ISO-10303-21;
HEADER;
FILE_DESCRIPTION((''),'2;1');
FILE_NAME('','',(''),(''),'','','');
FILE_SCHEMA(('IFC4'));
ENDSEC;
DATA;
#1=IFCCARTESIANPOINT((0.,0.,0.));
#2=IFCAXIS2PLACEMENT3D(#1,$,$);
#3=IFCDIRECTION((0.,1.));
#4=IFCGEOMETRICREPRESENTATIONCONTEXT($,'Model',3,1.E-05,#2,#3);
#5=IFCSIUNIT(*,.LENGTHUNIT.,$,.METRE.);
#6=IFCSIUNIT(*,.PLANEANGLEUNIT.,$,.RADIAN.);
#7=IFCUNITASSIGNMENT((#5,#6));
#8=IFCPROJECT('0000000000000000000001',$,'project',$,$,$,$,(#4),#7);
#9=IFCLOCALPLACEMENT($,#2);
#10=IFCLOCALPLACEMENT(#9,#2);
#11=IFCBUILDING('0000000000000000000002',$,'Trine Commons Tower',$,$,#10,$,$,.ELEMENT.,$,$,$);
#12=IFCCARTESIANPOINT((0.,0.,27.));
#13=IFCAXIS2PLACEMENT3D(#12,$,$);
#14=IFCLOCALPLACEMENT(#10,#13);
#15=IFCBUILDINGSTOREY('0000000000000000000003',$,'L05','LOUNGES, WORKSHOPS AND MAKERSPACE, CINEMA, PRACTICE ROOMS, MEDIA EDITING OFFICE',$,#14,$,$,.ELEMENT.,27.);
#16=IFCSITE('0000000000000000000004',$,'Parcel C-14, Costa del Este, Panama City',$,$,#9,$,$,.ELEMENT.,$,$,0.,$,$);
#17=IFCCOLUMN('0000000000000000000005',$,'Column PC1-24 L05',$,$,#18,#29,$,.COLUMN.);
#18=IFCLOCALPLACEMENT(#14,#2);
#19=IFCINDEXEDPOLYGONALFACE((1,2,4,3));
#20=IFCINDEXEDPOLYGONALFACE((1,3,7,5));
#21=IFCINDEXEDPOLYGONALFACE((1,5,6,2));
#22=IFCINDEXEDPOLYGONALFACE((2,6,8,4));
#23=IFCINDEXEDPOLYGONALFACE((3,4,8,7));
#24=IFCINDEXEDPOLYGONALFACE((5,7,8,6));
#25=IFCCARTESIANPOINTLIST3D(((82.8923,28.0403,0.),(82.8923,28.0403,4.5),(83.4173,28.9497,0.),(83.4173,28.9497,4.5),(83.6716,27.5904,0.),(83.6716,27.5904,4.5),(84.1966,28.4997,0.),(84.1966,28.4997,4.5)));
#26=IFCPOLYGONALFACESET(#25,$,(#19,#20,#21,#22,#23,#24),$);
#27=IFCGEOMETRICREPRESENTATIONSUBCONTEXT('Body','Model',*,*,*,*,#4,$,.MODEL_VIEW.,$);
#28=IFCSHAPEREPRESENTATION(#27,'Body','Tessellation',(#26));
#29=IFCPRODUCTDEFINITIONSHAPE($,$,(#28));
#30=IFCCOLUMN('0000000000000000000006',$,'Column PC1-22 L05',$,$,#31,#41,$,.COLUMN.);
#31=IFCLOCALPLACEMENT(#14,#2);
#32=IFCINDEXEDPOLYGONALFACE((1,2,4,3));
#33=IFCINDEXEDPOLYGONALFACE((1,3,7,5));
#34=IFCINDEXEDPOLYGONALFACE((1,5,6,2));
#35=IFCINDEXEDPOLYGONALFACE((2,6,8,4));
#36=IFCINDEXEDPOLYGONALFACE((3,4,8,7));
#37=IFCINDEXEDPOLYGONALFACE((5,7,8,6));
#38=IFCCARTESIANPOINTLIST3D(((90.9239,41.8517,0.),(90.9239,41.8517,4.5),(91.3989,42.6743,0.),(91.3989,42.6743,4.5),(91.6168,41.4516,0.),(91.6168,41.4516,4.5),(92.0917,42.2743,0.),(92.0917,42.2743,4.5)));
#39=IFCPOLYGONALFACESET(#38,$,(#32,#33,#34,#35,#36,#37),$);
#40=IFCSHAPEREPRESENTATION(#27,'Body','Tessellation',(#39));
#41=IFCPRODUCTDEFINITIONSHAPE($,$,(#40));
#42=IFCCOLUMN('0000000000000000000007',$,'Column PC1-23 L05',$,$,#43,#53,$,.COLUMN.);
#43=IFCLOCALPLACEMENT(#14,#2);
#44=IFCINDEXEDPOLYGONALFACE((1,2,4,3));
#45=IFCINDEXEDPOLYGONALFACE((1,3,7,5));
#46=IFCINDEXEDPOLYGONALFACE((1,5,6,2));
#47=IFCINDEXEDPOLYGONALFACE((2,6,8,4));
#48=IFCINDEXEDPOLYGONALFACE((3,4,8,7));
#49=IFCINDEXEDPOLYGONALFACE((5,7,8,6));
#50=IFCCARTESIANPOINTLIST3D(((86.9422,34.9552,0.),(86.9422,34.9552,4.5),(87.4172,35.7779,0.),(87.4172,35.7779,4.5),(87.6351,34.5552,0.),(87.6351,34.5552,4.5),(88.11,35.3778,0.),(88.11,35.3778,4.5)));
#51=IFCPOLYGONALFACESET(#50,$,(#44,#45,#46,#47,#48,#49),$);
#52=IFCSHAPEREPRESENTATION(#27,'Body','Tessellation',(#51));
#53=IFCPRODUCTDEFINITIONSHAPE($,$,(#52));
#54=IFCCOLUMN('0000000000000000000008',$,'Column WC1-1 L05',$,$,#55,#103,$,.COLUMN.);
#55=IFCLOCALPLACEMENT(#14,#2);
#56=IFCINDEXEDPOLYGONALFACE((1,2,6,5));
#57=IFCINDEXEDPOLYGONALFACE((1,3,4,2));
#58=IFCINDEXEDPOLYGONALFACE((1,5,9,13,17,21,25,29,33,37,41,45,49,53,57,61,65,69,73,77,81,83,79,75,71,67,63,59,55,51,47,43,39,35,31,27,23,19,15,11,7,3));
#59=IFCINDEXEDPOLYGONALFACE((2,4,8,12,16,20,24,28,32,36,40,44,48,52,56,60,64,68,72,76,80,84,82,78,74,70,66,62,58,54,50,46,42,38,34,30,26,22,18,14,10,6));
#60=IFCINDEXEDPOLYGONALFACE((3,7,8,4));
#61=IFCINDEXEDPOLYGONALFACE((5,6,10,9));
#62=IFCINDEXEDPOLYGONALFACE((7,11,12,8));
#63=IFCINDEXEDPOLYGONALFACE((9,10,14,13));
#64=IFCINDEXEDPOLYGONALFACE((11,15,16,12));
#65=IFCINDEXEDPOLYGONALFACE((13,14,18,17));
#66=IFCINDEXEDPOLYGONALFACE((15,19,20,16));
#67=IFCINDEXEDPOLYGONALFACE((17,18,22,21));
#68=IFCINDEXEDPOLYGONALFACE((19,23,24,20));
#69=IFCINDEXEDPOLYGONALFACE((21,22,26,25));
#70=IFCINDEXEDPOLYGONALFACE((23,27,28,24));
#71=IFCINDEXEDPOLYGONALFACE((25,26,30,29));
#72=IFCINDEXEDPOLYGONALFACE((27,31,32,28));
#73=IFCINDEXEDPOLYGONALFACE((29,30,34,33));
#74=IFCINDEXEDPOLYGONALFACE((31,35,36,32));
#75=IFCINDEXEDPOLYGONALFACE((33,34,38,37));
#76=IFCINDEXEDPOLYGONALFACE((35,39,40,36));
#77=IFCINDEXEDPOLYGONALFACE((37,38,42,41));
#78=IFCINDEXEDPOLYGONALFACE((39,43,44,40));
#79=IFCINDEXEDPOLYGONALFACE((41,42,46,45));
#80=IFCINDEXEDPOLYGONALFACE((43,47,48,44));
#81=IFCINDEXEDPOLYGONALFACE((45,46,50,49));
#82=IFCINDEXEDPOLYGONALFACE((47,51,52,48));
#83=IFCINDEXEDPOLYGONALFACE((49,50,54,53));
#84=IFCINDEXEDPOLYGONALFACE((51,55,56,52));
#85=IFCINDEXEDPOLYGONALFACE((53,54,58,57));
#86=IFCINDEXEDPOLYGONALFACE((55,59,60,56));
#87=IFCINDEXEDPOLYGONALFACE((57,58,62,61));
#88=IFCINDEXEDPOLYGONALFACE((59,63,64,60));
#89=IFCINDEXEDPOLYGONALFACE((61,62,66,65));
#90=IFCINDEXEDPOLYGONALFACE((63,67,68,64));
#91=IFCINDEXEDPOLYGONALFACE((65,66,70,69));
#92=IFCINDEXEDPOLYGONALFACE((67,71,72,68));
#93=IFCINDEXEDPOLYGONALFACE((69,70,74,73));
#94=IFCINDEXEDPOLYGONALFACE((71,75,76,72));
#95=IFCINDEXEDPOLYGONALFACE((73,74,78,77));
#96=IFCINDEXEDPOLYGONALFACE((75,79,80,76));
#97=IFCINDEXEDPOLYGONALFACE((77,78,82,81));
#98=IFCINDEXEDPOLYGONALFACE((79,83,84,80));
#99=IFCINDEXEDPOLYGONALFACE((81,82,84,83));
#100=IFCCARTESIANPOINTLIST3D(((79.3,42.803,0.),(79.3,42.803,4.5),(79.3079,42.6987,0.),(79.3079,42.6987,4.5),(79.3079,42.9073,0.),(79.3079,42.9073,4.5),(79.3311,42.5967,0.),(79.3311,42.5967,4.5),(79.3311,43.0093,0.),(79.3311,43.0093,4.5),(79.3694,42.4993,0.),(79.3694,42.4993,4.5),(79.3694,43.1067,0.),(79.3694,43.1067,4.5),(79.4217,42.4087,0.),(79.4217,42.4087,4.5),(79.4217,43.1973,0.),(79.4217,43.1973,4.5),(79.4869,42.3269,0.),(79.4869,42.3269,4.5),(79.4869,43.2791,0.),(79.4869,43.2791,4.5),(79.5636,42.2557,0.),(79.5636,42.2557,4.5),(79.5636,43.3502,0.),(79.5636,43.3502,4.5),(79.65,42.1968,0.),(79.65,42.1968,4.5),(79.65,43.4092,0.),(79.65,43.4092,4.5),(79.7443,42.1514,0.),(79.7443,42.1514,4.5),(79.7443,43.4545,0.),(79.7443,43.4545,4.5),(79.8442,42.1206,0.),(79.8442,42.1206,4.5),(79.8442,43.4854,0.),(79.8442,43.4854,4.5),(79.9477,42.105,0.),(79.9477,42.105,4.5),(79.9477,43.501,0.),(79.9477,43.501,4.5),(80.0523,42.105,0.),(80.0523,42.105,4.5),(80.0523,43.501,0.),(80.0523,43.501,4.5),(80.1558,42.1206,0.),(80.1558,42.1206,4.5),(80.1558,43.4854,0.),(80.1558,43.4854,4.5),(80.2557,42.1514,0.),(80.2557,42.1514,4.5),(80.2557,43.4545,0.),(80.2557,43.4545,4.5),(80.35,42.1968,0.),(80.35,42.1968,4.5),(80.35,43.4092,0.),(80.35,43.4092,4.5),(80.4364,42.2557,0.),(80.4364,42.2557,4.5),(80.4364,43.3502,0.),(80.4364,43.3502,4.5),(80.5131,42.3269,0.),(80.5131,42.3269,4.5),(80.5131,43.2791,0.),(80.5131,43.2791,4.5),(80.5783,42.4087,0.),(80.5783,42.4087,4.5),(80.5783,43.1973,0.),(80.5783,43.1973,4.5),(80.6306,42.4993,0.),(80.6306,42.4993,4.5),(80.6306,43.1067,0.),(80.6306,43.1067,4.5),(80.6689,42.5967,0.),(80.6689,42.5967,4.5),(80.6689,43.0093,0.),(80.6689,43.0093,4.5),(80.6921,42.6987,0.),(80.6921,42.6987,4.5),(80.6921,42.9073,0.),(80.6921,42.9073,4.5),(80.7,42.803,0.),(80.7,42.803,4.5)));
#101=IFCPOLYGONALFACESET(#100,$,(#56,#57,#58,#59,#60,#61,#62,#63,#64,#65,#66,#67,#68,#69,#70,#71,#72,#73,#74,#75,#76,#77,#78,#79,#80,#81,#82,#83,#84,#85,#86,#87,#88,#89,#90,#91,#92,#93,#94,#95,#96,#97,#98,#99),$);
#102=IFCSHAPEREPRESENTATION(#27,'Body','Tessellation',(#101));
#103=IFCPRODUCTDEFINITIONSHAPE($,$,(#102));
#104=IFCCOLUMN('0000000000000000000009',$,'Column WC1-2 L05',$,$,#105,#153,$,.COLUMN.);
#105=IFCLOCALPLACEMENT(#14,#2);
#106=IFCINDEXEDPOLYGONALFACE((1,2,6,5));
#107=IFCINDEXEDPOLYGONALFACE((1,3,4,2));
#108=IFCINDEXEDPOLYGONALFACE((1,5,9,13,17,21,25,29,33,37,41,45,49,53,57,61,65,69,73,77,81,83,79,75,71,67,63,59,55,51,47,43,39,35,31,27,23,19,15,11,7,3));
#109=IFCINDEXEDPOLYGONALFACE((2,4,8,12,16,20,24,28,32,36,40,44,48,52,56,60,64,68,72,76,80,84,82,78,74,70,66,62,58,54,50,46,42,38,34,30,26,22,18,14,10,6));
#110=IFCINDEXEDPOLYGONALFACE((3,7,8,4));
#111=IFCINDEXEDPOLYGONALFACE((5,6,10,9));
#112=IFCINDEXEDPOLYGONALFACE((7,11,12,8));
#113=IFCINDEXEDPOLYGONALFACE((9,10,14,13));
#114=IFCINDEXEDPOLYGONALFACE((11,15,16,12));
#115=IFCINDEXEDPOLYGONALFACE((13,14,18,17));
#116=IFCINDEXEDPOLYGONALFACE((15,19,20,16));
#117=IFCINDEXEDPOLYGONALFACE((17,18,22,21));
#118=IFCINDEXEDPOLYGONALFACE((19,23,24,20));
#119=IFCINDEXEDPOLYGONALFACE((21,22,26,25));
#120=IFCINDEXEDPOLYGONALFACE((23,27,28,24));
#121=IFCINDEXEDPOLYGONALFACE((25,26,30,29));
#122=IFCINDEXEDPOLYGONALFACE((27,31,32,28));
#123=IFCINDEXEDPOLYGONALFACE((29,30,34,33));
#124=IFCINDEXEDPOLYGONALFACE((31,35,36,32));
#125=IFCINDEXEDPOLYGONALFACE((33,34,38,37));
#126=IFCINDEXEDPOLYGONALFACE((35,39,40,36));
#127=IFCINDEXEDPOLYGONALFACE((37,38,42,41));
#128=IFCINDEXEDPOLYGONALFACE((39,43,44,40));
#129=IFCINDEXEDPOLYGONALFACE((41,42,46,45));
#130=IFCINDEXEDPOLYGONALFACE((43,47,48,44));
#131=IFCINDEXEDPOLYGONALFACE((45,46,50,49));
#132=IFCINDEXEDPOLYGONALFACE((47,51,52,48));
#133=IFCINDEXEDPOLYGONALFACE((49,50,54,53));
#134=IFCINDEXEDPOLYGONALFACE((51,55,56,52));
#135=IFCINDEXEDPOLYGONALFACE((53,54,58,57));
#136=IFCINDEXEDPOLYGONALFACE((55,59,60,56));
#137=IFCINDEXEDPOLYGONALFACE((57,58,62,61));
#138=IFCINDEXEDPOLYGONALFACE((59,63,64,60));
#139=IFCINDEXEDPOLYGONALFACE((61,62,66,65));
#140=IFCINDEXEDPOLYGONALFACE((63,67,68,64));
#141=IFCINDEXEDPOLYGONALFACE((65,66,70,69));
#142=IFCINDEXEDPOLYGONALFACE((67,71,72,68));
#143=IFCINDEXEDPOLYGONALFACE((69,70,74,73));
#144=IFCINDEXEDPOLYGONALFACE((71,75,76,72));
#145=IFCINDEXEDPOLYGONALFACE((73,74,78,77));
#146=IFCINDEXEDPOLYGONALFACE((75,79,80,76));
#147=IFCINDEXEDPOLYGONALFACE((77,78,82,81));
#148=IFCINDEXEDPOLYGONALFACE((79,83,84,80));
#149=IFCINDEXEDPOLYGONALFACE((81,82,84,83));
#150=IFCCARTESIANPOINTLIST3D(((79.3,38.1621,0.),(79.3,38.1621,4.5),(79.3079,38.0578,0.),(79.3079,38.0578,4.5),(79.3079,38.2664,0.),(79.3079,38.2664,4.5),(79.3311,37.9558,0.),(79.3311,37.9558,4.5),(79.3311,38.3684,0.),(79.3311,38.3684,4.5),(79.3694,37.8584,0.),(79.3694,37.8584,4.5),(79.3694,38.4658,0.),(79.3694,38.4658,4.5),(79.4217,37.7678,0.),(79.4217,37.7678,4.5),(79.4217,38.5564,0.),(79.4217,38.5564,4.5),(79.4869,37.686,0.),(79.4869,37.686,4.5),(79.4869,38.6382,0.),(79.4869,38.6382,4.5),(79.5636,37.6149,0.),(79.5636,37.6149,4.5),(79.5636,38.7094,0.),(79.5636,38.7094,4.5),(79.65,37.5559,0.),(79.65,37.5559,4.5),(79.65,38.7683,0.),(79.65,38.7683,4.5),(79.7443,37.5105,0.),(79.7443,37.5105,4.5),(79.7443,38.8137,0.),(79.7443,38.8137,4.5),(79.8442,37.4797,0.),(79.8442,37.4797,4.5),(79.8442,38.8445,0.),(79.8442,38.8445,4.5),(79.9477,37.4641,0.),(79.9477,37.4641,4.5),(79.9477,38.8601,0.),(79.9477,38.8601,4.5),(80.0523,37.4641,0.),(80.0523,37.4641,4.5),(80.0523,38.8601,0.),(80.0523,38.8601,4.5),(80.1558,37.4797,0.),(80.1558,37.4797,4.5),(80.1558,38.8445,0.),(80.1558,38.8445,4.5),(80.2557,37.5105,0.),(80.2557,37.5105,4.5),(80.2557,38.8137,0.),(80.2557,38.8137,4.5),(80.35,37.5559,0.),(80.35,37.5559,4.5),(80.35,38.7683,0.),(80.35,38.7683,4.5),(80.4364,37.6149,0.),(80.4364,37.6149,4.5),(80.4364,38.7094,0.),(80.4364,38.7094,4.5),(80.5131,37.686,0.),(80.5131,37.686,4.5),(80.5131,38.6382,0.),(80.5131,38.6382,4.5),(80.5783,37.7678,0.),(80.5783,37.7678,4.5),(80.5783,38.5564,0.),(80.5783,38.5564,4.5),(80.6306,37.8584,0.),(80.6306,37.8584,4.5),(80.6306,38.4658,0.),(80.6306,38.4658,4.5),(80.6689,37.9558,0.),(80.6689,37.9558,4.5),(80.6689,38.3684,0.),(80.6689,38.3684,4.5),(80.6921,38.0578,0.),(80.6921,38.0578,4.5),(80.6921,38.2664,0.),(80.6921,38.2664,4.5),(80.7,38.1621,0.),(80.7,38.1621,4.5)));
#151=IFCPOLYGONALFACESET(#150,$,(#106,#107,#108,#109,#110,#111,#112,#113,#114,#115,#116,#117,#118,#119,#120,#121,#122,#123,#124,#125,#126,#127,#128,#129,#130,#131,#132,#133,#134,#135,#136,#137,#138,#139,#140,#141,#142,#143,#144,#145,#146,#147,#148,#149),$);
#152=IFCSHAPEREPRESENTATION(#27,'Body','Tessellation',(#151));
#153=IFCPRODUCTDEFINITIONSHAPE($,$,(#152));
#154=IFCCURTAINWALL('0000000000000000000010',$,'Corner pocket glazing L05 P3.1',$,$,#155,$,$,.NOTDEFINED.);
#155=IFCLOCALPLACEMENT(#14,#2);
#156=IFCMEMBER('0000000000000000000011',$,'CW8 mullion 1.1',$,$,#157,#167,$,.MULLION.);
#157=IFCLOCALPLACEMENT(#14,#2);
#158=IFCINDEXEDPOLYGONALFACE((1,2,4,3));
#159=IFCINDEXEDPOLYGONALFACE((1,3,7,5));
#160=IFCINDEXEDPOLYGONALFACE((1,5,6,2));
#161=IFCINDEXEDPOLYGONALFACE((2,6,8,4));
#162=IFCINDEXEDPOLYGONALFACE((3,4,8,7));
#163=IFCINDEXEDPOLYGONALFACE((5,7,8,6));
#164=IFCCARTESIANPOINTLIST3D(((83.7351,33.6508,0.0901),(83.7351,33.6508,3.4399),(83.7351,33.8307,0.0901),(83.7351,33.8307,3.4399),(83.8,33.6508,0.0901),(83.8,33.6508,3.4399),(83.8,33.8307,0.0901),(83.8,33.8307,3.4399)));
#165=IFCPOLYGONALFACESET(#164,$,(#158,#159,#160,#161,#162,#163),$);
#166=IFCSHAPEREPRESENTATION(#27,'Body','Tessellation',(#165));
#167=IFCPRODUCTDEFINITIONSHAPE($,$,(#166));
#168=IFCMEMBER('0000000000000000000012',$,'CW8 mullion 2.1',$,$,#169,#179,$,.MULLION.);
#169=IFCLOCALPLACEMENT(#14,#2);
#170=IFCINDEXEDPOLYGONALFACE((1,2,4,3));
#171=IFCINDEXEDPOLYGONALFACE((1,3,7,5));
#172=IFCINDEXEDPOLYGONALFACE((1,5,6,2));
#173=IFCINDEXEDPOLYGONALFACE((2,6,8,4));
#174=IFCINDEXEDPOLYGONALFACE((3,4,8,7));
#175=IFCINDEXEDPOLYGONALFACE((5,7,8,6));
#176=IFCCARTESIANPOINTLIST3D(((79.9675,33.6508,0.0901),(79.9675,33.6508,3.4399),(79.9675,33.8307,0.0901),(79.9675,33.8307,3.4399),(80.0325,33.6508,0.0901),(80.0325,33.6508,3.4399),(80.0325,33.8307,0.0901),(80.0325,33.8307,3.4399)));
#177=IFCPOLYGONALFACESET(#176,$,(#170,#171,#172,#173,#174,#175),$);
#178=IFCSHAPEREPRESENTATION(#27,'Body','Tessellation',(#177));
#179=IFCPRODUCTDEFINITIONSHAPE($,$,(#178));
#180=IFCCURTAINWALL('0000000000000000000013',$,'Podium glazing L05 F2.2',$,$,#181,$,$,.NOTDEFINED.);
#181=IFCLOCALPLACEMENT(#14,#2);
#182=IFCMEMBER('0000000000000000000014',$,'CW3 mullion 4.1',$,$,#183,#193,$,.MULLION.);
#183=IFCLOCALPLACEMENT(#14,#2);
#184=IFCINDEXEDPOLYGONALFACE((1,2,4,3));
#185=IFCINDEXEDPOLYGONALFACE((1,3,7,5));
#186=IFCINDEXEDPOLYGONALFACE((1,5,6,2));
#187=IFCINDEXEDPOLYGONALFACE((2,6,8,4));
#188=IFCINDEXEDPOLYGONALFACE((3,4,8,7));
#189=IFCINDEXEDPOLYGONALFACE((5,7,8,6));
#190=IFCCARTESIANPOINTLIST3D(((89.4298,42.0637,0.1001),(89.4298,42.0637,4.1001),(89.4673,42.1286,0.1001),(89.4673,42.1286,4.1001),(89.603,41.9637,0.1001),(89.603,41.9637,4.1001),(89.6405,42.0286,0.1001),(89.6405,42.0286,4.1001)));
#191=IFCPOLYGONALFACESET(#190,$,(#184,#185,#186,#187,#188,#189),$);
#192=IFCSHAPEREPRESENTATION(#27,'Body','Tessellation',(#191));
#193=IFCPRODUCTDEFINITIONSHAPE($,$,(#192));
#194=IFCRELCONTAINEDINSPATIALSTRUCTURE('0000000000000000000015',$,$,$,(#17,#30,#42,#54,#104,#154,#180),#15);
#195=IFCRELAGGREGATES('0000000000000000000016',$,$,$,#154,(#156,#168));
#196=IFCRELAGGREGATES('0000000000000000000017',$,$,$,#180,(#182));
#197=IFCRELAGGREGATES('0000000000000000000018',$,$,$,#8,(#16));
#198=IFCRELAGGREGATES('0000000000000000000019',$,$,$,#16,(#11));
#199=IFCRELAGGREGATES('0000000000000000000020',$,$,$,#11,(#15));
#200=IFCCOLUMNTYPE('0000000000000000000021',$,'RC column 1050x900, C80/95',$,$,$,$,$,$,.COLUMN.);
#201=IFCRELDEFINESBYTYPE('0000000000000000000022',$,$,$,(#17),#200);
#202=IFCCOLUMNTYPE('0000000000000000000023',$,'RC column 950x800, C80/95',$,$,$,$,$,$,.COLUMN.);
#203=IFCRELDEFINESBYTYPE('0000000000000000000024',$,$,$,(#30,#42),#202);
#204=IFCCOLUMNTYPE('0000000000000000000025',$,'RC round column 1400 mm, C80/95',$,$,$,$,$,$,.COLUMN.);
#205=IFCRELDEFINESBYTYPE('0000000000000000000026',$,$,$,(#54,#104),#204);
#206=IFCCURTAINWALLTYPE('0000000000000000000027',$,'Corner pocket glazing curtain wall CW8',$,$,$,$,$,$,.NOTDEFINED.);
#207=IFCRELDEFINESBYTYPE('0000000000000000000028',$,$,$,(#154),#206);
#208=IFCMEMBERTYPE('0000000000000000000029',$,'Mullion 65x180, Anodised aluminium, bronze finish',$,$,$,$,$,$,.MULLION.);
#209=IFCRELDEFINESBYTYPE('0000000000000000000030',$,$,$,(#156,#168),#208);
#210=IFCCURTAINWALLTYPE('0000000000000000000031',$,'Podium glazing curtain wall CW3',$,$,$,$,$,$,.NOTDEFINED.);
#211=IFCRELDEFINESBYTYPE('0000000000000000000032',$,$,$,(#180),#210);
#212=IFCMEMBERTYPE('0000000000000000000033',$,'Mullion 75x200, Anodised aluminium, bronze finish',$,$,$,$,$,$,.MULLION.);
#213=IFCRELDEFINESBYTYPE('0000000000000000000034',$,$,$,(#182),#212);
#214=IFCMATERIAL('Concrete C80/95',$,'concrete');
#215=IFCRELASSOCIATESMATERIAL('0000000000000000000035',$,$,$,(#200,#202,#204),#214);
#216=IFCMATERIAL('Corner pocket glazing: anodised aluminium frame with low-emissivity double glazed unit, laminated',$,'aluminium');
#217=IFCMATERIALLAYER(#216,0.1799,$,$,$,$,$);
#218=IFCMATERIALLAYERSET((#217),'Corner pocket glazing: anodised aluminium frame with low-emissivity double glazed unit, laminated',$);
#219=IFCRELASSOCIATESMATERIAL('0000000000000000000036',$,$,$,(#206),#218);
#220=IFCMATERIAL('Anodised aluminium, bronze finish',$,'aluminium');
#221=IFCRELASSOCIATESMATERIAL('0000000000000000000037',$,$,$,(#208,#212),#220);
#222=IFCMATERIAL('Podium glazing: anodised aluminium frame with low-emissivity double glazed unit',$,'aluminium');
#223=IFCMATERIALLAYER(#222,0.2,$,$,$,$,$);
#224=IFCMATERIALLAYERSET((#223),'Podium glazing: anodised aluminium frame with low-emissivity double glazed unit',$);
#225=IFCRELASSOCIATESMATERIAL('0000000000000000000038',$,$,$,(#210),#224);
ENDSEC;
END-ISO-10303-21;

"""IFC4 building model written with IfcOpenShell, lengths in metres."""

from ifc_helpers import new_model, si_unit, direction, frame, origin, origin_2d, place, context, subcontext, project, spatial, rectangle, circle, extrude, material, layer, layer_set, material_profile, profile_set, type_object, element, aggregate, save


model = new_model("IFC4")

# Units and contexts
model_context = context("Model", 3, precision=1e-05, world=origin(), true_north=direction((0.0, 1.0)))
body_context = subcontext(model_context, "Body", "Model", "MODEL_VIEW")
ifc_project = project(units=[si_unit("LENGTHUNIT", "METRE"), si_unit("PLANEANGLEUNIT", "RADIAN")], contexts=[model_context])

# Site, building, storey
site_placement = place(None, origin())
site = spatial("IfcSite", under=ifc_project, at=site_placement, Name="Parcel C-14, Costa del Este, Panama City", CompositionType="ELEMENT", RefElevation=0.0)
building_placement = place(site_placement, origin())
building = spatial("IfcBuilding", under=site, at=building_placement, Name="Trine Commons Tower", CompositionType="ELEMENT")
storey_placement = place(building_placement, frame((0.0, 0.0, 27.0)))
storey = spatial("IfcBuildingStorey", under=building, at=storey_placement, Name="L05", Description="LOUNGES, WORKSHOPS AND MAKERSPACE, CINEMA, PRACTICE ROOMS, MEDIA EDITING OFFICE", CompositionType="ELEMENT", Elevation=27.0)

# Columns
ifc_material_1 = material(Name="Concrete C80/95", Category="concrete")
ifc_material_profile_1 = material_profile(ifc_material_1, rectangle(XDim=1.05, YDim=0.8999, at=origin_2d()), Name="RC 1050x900")
ifc_profile_set_1 = profile_set([ifc_material_profile_1], Name="Concrete C80/95")
column_type_1 = type_object("IfcColumnType", Name="RC column 1050x900, C80/95", PredefinedType="COLUMN", material=ifc_profile_set_1)
column_placement = place(storey_placement, frame((83.5444, 28.27, 0.0), z_axis=(0.0, 0.0, 1.0), x_axis=(0.5, 0.866025, 0.0)))
element("IfcColumn", 1, at=column_placement, inside=storey, type_object=column_type_1, Name="Column PC1-24 L05", PredefinedType="COLUMN", context=body_context, shape_type="SweptSolid", body=[
    extrude(rectangle(XDim=1.05, YDim=0.8999, at=origin_2d()), origin(), (0.0, 0.0, 1.0), 4.5),
])
ifc_material_profile_2 = material_profile(ifc_material_1, rectangle(XDim=0.95, YDim=0.8, at=origin_2d()), Name="RC 950x800")
ifc_profile_set_2 = profile_set([ifc_material_profile_2], Name="Concrete C80/95")
column_type_2 = type_object("IfcColumnType", Name="RC column 950x800, C80/95", PredefinedType="COLUMN", material=ifc_profile_set_2)
for number, where, z_axis, x_axis, name in (
    (2, (91.5078, 42.063, 0.0), (0.0, 0.0, 1.0), (0.5, 0.866025, 0.0), "Column PC1-22 L05"),
    (3, (87.5261, 35.1665, 0.0), (0.0, 0.0, 1.0), (0.5, 0.866025, 0.0), "Column PC1-23 L05"),
):
    element("IfcColumn", number, at=place(storey_placement, frame(where, z_axis=z_axis, x_axis=x_axis)), inside=storey, type_object=column_type_2, Name=name, PredefinedType="COLUMN", context=body_context, shape_type="SweptSolid", body=[
        extrude(rectangle(XDim=0.95, YDim=0.8, at=origin_2d()), origin(), (0.0, 0.0, 1.0), 4.5),
    ])
ifc_material_profile_3 = material_profile(ifc_material_1, circle(Radius=0.7, at=origin_2d()), Name="RC round 1400")
ifc_profile_set_3 = profile_set([ifc_material_profile_3], Name="Concrete C80/95")
column_type_3 = type_object("IfcColumnType", Name="RC round column 1400 mm, C80/95", PredefinedType="COLUMN", material=ifc_profile_set_3)
for number, where, z_axis, x_axis, name in (
    (4, (80.0, 42.803, 0.0), (0.0, 0.0, 1.0), (1.0, 0.0, 0.0), "Column WC1-1 L05"),
    (5, (80.0, 38.1621, 0.0), (0.0, 0.0, 1.0), (1.0, 0.0, 0.0), "Column WC1-2 L05"),
):
    element("IfcColumn", number, at=place(storey_placement, frame(where, z_axis=z_axis, x_axis=x_axis)), inside=storey, type_object=column_type_3, Name=name, PredefinedType="COLUMN", context=body_context, shape_type="SweptSolid", body=[
        extrude(circle(Radius=0.7, at=origin_2d()), origin(), (0.0, 0.0, 1.0), 4.5),
    ])

# Curtain walls, members
ifc_material_2 = material(Name="Corner pocket glazing: anodised aluminium frame with low-emissivity double glazed unit, laminated", Category="aluminium")
ifc_layer_1 = layer(ifc_material_2, 0.1799)
ifc_layer_set_1 = layer_set([ifc_layer_1], Name="Corner pocket glazing: anodised aluminium frame with low-emissivity double glazed unit, laminated")
curtain_wall_type_1 = type_object("IfcCurtainWallType", Name="Corner pocket glazing curtain wall CW8", PredefinedType="NOTDEFINED", material=ifc_layer_set_1)
curtain_wall_1_placement = place(storey_placement, origin())
curtain_wall_1 = element("IfcCurtainWall", 6, at=curtain_wall_1_placement, inside=storey, type_object=curtain_wall_type_1, Name="Corner pocket glazing L05 P3.1", PredefinedType="NOTDEFINED")
ifc_material_3 = material(Name="Anodised aluminium, bronze finish", Category="aluminium")
ifc_material_profile_4 = material_profile(ifc_material_3, rectangle(XDim=0.1799, YDim=0.0649, at=origin_2d()), Name="Mullion 65x180")
ifc_profile_set_4 = profile_set([ifc_material_profile_4], Name="Anodised aluminium, bronze finish")
member_type_1 = type_object("IfcMemberType", Name="Mullion 65x180, Anodised aluminium, bronze finish", PredefinedType="MULLION", material=ifc_profile_set_4)
member_1_placement = place(storey_placement, frame((83.7676, 33.7407, 0.0901), z_axis=(0.0, 0.0, 1.0), x_axis=(0.0, -1.0, 0.0)))
member_1 = element("IfcMember", 7, at=member_1_placement, type_object=member_type_1, Name="CW8 mullion 1.1", PredefinedType="MULLION", context=body_context, shape_type="SweptSolid", body=[
    extrude(rectangle(XDim=0.1799, YDim=0.0649, at=origin_2d()), origin(), (0.0, 0.0, 1.0), 3.3499),
])
member_2_placement = place(storey_placement, frame((80.0, 33.7407, 0.0901), z_axis=(0.0, 0.0, 1.0), x_axis=(0.0, -1.0, 0.0)))
member_2 = element("IfcMember", 8, at=member_2_placement, type_object=member_type_1, Name="CW8 mullion 2.1", PredefinedType="MULLION", context=body_context, shape_type="SweptSolid", body=[
    extrude(rectangle(XDim=0.1799, YDim=0.0649, at=origin_2d()), origin(), (0.0, 0.0, 1.0), 3.3499),
])
ifc_material_4 = material(Name="Podium glazing: anodised aluminium frame with low-emissivity double glazed unit", Category="aluminium")
ifc_layer_2 = layer(ifc_material_4, 0.2)
ifc_layer_set_2 = layer_set([ifc_layer_2], Name="Podium glazing: anodised aluminium frame with low-emissivity double glazed unit")
curtain_wall_type_2 = type_object("IfcCurtainWallType", Name="Podium glazing curtain wall CW3", PredefinedType="NOTDEFINED", material=ifc_layer_set_2)
curtain_wall_2_placement = place(storey_placement, origin())
curtain_wall_2 = element("IfcCurtainWall", 9, at=curtain_wall_2_placement, inside=storey, type_object=curtain_wall_type_2, Name="Podium glazing L05 F2.2", PredefinedType="NOTDEFINED")
ifc_material_profile_5 = material_profile(ifc_material_3, rectangle(XDim=0.2, YDim=0.075, at=origin_2d()), Name="Mullion 75x200")
ifc_profile_set_5 = profile_set([ifc_material_profile_5], Name="Anodised aluminium, bronze finish")
member_type_2 = type_object("IfcMemberType", Name="Mullion 75x200, Anodised aluminium, bronze finish", PredefinedType="MULLION", material=ifc_profile_set_5)
member_3_placement = place(storey_placement, frame((89.5352, 42.0461, 0.1001), z_axis=(0.0, 0.0, 1.0), x_axis=(0.866025, -0.5, 0.0)))
member_3 = element("IfcMember", 10, at=member_3_placement, type_object=member_type_2, Name="CW3 mullion 4.1", PredefinedType="MULLION", context=body_context, shape_type="SweptSolid", body=[
    extrude(rectangle(XDim=0.2, YDim=0.075, at=origin_2d()), origin(), (0.0, 0.0, 1.0), 4.0),
])

aggregate(curtain_wall_1, [member_1, member_2])
aggregate(curtain_wall_2, [member_3])

save(model, "model.ifc")
